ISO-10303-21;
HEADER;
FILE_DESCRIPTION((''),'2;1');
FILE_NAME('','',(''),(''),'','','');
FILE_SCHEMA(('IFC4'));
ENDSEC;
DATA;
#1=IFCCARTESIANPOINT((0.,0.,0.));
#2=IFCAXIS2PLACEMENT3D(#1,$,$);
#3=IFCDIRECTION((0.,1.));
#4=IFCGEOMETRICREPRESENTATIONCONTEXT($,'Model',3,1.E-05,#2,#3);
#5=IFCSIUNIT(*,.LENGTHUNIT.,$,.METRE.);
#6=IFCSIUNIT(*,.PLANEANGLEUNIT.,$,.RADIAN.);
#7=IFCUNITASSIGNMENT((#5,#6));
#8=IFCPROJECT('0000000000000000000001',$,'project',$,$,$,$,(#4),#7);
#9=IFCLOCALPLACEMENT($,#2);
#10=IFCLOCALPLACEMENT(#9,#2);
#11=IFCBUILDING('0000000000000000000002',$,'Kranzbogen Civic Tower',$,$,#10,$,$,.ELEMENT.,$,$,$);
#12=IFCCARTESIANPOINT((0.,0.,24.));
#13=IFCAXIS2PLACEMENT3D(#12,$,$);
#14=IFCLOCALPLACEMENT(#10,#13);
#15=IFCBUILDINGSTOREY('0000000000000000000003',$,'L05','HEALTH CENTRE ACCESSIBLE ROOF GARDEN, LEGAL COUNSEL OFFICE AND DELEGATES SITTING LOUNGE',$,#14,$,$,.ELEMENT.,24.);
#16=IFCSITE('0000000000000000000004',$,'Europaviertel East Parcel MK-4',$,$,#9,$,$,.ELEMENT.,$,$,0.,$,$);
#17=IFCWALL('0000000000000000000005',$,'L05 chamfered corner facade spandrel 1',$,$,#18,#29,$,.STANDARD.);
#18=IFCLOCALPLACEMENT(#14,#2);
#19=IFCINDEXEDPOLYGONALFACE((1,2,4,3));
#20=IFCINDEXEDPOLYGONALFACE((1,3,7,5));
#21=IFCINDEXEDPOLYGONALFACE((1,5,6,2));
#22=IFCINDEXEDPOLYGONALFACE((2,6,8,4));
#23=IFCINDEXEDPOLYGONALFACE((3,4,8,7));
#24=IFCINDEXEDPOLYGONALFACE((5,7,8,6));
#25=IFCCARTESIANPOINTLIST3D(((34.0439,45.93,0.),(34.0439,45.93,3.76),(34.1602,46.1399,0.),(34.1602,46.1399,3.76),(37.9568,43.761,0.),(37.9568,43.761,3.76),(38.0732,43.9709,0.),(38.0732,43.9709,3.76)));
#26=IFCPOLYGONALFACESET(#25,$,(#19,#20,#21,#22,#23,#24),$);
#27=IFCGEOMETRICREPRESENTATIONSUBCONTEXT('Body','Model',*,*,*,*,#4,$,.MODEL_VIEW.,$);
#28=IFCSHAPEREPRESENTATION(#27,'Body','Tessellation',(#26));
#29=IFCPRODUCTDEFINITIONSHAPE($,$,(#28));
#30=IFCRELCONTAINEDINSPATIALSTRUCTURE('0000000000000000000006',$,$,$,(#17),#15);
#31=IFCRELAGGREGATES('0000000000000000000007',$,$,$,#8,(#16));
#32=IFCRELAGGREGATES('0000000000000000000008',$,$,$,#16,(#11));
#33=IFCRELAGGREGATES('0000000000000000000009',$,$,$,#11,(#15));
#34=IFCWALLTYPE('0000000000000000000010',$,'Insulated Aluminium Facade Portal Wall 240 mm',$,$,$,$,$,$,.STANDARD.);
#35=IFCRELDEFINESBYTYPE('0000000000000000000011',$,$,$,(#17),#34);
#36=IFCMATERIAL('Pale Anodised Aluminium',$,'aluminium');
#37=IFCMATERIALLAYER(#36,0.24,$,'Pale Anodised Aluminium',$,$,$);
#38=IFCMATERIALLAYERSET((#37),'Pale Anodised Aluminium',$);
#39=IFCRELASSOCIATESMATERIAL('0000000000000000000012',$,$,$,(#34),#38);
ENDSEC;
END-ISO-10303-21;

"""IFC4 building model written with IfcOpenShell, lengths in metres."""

from ifc_helpers import new_model, si_unit, direction, frame, frame_2d, origin, place, context, subcontext, project, spatial, rectangle, extrude, material, layer, layer_set, type_object, element, save


model = new_model("IFC4")

# Units and contexts
model_context = context("Model", 3, precision=1e-05, world=origin(), true_north=direction((0.0, 1.0)))
body_context = subcontext(model_context, "Body", "Model", "MODEL_VIEW")
ifc_project = project(units=[si_unit("LENGTHUNIT", "METRE"), si_unit("PLANEANGLEUNIT", "RADIAN")], contexts=[model_context])

# Site, building, storey
site_placement = place(None, origin())
site = spatial("IfcSite", under=ifc_project, at=site_placement, Name="Europaviertel East Parcel MK-4", CompositionType="ELEMENT", RefElevation=0.0)
building_placement = place(site_placement, origin())
building = spatial("IfcBuilding", under=site, at=building_placement, Name="Kranzbogen Civic Tower", CompositionType="ELEMENT")
storey_placement = place(building_placement, frame((0.0, 0.0, 24.0)))
storey = spatial("IfcBuildingStorey", under=building, at=storey_placement, Name="L05", Description="HEALTH CENTRE ACCESSIBLE ROOF GARDEN, LEGAL COUNSEL OFFICE AND DELEGATES SITTING LOUNGE", CompositionType="ELEMENT", Elevation=24.0)

# Shared definitions
ifc_material_1 = material(Name="Pale Anodised Aluminium", Category="aluminium")

# Wall
ifc_layer_1 = layer(ifc_material_1, 0.24, Name="Pale Anodised Aluminium")
ifc_layer_set_1 = layer_set([ifc_layer_1], Name="Pale Anodised Aluminium")
wall_type_1 = type_object("IfcWallType", Name="Insulated Aluminium Facade Portal Wall 240 mm", PredefinedType="STANDARD", material=ifc_layer_set_1)
wall_1_placement = place(storey_placement, frame((38.0149, 43.866, 0.0), z_axis=(0.0, 0.0, 1.0), x_axis=(-0.874618, 0.484813, 0.0)))
element("IfcWall", 1, at=wall_1_placement, inside=storey, type_object=wall_type_1, Name="L05 chamfered corner facade spandrel 1", PredefinedType="STANDARD", context=body_context, shape_type="SweptSolid", body=[
    extrude(rectangle(XDim=4.4739, YDim=0.24, at=frame_2d((2.2368, 0.0))), origin(), (0.0, 0.0, 1.0), 3.76),
])

save(model, "model.ifc")
